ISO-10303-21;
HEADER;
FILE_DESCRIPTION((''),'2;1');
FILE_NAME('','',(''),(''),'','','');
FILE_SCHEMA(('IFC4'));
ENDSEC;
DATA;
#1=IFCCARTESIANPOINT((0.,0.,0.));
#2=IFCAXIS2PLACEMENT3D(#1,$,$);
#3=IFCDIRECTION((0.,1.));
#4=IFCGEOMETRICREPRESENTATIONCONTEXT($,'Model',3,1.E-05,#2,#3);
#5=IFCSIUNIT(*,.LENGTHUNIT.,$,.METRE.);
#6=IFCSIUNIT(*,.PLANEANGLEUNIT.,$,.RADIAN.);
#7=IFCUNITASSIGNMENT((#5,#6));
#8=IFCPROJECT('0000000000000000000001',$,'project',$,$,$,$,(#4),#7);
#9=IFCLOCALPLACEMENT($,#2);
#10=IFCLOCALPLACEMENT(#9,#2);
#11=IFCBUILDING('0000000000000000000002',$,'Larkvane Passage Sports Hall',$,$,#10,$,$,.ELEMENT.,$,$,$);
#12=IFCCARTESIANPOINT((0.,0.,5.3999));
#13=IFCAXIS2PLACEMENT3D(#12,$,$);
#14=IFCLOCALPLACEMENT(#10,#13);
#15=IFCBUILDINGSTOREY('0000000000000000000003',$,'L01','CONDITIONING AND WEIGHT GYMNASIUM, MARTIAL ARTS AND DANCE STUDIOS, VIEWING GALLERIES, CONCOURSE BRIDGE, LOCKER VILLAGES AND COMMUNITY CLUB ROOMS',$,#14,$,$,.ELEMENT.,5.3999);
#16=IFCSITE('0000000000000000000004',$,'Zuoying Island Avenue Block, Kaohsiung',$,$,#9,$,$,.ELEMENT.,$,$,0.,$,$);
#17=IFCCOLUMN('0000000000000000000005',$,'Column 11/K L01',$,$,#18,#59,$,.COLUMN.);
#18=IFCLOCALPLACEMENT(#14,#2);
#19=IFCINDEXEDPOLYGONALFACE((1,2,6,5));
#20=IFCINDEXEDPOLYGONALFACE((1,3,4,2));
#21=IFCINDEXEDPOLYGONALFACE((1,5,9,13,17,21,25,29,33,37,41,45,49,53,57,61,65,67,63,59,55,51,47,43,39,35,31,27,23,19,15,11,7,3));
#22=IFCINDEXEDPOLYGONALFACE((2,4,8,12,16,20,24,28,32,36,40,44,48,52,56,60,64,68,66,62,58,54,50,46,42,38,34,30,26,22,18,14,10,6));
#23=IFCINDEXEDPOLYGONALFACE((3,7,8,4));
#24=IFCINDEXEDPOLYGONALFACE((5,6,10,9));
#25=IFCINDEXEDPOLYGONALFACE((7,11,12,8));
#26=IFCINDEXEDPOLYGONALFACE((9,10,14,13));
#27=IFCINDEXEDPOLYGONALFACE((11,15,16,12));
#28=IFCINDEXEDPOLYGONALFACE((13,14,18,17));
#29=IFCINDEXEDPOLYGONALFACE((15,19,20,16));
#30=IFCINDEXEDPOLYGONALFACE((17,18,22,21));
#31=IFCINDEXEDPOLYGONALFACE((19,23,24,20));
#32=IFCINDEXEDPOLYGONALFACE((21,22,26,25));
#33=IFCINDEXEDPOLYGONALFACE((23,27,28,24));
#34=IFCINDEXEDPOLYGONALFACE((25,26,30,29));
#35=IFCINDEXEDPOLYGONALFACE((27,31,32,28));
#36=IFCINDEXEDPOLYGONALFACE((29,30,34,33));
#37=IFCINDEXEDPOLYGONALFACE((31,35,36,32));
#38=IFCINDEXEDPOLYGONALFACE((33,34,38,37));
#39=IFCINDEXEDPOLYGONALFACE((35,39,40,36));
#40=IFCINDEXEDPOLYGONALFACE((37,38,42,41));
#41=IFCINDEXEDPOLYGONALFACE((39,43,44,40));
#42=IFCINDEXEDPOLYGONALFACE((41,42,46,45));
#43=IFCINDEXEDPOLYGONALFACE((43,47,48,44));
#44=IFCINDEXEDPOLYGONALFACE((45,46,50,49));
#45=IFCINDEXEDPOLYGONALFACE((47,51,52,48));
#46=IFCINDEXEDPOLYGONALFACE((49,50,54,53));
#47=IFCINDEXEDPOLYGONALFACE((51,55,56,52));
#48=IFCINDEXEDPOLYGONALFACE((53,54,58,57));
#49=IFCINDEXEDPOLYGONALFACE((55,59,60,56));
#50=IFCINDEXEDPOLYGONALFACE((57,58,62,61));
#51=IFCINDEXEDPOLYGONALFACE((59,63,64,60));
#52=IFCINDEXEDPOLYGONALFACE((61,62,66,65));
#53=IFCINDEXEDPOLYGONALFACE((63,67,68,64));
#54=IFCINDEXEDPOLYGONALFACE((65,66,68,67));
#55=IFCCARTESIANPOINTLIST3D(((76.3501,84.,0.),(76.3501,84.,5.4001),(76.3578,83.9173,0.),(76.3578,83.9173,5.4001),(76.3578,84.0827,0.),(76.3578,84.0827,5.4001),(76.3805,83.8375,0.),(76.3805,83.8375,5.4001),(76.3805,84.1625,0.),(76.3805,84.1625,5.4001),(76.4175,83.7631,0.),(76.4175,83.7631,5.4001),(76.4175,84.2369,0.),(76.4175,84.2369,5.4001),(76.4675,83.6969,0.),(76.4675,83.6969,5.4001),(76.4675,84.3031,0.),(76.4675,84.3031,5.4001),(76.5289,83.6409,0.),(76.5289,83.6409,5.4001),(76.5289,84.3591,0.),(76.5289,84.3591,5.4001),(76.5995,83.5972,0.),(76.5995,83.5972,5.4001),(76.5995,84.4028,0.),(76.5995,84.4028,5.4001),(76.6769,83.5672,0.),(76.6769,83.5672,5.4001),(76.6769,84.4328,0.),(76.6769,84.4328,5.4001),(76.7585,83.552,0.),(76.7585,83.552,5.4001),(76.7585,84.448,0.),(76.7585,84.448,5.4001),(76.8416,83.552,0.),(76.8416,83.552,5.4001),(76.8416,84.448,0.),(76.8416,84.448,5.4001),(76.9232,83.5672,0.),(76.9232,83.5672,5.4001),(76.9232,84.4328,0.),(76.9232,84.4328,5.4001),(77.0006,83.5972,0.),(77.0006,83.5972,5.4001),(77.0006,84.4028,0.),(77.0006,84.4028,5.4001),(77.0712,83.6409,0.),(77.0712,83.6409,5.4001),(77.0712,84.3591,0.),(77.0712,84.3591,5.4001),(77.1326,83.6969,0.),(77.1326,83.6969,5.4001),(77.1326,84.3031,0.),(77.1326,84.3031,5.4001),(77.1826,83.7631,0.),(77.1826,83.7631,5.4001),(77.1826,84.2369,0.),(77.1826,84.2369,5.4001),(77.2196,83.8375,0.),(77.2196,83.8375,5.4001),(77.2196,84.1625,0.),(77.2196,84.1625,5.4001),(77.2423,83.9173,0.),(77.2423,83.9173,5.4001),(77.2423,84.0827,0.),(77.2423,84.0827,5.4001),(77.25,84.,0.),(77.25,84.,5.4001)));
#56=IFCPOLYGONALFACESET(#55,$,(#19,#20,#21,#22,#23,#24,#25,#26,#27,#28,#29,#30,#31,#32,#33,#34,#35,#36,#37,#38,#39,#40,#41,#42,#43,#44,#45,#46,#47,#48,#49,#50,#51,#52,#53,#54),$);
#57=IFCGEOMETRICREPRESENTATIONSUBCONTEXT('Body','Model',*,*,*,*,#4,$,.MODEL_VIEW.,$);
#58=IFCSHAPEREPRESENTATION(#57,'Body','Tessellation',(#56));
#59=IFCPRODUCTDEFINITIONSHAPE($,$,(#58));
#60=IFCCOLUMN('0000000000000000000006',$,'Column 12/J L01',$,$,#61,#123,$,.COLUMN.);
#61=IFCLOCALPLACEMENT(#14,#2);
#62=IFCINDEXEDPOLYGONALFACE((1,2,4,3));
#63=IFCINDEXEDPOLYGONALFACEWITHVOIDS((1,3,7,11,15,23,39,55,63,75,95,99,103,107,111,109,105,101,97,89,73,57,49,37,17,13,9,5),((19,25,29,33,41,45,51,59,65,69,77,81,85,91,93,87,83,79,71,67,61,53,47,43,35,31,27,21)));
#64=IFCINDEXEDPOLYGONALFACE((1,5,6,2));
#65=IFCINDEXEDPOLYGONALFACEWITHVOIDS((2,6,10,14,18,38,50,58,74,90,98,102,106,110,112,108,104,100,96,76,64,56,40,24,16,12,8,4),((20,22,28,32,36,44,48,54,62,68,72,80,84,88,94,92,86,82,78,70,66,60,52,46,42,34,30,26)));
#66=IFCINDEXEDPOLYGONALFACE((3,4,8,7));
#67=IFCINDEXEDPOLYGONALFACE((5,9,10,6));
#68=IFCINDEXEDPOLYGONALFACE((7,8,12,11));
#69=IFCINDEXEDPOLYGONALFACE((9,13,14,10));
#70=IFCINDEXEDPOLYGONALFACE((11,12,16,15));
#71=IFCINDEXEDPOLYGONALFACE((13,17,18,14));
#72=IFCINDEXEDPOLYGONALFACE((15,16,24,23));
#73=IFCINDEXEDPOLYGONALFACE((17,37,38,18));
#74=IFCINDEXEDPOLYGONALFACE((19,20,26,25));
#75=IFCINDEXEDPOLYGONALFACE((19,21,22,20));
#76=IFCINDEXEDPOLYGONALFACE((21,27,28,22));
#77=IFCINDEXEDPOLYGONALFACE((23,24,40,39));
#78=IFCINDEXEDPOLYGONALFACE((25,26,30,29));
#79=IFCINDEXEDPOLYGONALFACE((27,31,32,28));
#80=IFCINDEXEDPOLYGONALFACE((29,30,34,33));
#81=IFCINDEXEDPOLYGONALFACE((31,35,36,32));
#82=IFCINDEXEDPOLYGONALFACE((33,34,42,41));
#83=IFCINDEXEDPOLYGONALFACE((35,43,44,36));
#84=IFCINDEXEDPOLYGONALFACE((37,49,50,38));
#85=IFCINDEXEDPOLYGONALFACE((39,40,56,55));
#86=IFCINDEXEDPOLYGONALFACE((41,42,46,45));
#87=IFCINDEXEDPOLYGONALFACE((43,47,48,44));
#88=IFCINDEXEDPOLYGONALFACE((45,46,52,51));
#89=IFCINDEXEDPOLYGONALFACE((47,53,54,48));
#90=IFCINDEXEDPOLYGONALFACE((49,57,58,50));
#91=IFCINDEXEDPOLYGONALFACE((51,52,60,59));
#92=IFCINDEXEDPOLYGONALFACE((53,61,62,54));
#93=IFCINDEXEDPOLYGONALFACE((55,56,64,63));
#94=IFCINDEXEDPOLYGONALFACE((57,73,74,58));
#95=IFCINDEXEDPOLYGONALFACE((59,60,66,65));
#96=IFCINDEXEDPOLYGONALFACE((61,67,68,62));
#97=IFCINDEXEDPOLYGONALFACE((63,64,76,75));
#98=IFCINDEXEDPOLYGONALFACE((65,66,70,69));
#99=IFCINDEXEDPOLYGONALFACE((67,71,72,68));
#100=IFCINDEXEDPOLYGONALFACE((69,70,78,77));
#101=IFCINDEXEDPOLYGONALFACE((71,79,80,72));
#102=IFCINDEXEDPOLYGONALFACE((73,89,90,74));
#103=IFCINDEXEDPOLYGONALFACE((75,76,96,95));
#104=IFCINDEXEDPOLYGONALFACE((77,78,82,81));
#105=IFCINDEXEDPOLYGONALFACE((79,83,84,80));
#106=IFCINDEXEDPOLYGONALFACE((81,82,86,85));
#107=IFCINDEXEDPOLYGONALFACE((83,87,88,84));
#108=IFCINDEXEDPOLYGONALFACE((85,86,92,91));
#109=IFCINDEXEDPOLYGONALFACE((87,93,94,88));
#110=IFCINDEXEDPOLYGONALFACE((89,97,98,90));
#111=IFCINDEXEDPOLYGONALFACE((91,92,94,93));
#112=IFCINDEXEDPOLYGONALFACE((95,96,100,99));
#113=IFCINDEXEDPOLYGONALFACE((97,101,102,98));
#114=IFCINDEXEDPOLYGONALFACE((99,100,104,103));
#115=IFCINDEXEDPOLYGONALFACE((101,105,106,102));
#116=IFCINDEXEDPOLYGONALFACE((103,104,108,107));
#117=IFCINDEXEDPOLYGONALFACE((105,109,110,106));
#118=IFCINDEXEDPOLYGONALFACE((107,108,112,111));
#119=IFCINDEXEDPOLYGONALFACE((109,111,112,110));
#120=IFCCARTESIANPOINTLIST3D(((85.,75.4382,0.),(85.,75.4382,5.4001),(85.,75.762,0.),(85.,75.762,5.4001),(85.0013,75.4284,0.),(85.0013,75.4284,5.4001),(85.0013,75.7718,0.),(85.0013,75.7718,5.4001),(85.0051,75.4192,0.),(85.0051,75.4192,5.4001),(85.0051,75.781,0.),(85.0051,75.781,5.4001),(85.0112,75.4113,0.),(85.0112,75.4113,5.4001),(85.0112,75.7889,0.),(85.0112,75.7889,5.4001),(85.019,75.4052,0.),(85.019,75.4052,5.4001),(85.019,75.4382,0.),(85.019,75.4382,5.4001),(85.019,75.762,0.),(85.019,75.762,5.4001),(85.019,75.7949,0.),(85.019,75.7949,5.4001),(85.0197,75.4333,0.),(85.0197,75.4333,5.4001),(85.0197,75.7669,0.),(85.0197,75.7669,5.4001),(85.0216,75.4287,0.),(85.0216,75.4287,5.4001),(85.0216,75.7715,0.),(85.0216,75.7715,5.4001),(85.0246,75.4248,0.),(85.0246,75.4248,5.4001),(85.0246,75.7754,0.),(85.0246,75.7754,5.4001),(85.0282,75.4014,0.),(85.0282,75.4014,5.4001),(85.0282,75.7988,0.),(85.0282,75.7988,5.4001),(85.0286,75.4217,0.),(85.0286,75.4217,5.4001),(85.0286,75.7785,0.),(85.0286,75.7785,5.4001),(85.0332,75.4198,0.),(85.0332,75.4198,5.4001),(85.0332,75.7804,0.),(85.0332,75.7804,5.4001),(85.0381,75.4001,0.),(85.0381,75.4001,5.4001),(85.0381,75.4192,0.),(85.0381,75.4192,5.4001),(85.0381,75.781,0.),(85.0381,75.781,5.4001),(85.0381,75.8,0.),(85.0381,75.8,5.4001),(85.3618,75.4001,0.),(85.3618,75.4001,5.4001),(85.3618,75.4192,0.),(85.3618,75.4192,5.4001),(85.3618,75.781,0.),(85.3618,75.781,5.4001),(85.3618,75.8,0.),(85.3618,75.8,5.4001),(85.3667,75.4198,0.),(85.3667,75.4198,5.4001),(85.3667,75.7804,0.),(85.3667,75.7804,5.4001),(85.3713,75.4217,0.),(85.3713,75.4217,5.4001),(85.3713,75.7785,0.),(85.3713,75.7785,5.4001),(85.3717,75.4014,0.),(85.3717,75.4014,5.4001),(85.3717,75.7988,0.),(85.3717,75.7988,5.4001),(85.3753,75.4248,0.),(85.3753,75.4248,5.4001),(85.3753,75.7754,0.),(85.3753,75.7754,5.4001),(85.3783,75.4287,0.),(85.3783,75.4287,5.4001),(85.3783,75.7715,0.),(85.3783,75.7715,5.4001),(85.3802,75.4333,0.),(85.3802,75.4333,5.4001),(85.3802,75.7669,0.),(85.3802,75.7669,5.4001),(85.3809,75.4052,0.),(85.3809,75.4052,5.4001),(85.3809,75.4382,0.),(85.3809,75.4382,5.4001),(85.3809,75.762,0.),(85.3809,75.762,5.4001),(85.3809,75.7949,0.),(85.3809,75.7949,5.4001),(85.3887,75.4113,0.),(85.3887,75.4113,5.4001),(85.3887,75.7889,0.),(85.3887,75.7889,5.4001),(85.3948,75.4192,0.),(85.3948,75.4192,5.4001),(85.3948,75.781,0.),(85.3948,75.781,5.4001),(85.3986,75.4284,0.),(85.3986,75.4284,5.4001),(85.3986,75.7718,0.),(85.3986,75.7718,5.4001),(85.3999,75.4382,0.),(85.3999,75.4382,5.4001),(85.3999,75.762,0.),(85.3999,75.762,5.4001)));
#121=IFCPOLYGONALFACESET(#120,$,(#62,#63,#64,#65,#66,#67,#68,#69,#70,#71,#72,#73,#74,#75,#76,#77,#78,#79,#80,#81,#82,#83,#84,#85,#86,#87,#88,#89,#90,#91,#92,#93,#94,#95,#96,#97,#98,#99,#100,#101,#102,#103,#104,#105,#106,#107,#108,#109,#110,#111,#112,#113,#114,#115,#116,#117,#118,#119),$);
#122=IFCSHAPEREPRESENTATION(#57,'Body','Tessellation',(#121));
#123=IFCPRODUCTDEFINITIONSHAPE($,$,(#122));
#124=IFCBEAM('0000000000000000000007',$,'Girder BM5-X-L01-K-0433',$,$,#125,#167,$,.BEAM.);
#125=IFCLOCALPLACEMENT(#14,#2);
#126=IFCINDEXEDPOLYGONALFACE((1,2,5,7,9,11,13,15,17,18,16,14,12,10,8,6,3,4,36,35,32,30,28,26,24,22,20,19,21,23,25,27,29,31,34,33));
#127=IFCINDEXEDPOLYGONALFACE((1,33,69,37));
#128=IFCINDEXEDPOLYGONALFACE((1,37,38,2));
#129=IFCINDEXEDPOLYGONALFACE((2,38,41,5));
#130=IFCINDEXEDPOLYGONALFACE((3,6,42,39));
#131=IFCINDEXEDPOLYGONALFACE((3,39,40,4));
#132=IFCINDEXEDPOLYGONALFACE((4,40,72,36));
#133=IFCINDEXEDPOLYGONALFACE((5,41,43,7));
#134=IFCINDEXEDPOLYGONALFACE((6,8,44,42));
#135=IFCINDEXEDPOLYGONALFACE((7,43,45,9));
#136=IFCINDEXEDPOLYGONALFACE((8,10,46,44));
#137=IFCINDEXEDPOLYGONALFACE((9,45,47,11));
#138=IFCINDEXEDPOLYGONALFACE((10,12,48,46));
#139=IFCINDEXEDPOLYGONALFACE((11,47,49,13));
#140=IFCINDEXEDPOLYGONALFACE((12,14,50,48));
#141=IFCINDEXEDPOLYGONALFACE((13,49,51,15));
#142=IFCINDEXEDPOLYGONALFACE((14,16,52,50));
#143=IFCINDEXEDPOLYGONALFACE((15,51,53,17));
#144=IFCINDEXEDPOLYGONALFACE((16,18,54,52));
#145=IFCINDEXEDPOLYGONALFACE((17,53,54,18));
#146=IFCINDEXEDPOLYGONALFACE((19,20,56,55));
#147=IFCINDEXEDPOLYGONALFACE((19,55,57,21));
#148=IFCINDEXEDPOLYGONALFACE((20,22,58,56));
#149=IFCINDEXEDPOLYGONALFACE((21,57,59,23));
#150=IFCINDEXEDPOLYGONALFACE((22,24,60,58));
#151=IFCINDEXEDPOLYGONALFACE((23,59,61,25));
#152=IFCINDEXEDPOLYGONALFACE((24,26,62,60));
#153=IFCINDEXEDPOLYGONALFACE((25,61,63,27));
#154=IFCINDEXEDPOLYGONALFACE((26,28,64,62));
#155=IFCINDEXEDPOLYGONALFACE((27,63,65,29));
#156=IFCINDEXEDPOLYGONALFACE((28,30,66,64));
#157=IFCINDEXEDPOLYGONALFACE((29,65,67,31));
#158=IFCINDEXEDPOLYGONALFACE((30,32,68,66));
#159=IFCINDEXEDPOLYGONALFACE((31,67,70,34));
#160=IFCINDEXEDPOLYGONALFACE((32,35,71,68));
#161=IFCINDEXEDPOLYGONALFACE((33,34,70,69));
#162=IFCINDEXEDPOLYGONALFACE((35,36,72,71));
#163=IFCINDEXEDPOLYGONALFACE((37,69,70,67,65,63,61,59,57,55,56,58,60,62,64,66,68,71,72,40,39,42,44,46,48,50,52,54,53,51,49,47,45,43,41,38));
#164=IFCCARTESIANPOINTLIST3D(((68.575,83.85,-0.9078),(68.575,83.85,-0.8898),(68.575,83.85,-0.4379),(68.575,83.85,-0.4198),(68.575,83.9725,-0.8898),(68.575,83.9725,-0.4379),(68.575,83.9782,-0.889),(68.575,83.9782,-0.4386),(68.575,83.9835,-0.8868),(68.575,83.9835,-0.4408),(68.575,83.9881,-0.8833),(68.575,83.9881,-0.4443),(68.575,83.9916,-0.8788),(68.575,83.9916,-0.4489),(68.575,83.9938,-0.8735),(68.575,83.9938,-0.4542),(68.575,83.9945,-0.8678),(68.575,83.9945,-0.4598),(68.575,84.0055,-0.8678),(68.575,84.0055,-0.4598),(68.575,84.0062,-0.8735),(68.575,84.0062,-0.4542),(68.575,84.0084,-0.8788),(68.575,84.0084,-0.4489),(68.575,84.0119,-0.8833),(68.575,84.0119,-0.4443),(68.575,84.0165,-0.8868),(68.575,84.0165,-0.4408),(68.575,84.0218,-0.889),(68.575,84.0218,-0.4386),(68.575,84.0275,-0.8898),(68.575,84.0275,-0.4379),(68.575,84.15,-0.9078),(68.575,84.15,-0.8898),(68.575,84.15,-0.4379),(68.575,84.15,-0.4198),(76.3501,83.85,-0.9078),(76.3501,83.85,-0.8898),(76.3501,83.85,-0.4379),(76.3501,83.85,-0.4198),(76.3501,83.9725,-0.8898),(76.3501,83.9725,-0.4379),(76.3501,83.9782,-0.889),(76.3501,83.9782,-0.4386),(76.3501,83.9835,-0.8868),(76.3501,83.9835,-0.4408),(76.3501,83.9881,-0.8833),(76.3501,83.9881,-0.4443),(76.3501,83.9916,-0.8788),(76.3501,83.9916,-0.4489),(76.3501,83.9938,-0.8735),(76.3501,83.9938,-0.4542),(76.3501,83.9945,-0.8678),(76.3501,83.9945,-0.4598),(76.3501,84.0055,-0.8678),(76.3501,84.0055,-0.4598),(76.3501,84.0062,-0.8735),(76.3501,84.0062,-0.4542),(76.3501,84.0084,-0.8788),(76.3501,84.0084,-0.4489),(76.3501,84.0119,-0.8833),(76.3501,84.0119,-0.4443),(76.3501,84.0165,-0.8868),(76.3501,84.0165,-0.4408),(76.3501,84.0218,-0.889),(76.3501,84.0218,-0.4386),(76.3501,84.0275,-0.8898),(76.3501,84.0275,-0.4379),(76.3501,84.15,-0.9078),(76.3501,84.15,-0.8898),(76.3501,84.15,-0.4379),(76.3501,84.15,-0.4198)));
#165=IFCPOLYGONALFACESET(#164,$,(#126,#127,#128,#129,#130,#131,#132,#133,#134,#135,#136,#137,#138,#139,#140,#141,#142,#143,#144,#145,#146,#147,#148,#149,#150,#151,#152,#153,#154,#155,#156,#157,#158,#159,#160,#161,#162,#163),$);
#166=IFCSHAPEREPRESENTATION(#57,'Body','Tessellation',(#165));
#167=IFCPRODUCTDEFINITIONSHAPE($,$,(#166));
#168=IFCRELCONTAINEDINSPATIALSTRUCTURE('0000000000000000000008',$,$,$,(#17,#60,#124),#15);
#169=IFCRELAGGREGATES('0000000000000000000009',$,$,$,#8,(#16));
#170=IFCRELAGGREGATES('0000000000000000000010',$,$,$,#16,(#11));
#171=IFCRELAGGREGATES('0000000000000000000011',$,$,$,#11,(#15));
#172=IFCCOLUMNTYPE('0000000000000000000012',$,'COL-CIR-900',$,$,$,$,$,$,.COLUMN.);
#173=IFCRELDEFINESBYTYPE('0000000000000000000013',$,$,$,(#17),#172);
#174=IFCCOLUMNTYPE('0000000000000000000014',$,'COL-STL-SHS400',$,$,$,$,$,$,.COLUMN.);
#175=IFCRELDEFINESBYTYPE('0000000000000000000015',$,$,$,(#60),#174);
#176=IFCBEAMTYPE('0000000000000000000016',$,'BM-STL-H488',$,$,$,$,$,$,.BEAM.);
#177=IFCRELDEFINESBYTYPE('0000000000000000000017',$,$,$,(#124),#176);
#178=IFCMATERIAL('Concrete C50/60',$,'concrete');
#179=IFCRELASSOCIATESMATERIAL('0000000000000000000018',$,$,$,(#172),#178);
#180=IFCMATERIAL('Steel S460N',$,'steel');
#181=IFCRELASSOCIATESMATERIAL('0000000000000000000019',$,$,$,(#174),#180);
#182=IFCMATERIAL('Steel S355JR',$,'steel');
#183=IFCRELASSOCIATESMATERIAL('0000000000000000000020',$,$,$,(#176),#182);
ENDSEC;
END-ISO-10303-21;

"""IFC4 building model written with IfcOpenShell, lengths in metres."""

from ifc_helpers import new_model, si_unit, direction, frame, origin, origin_2d, place, context, subcontext, project, spatial, hollow_rectangle, circle, i_section, extrude, material, material_profile, profile_set, type_object, element, save


model = new_model("IFC4")

# Units and contexts
model_context = context("Model", 3, precision=1e-05, world=origin(), true_north=direction((0.0, 1.0)))
body_context = subcontext(model_context, "Body", "Model", "MODEL_VIEW")
ifc_project = project(units=[si_unit("LENGTHUNIT", "METRE"), si_unit("PLANEANGLEUNIT", "RADIAN")], contexts=[model_context])

# Site, building, storey
site_placement = place(None, origin())
site = spatial("IfcSite", under=ifc_project, at=site_placement, Name="Zuoying Island Avenue Block, Kaohsiung", CompositionType="ELEMENT", RefElevation=0.0)
building_placement = place(site_placement, origin())
building = spatial("IfcBuilding", under=site, at=building_placement, Name="Larkvane Passage Sports Hall", CompositionType="ELEMENT")
storey_placement = place(building_placement, frame((0.0, 0.0, 5.3999)))
storey = spatial("IfcBuildingStorey", under=building, at=storey_placement, Name="L01", Description="CONDITIONING AND WEIGHT GYMNASIUM, MARTIAL ARTS AND DANCE STUDIOS, VIEWING GALLERIES, CONCOURSE BRIDGE, LOCKER VILLAGES AND COMMUNITY CLUB ROOMS", CompositionType="ELEMENT", Elevation=5.3999)

# Columns
ifc_material_1 = material(Name="Concrete C50/60", Category="concrete")
ifc_material_profile_1 = material_profile(ifc_material_1, circle(Radius=0.45, at=origin_2d()), Name="RC-CIR-900")
ifc_profile_set_1 = profile_set([ifc_material_profile_1], Name="Concrete C50/60")
column_type_1 = type_object("IfcColumnType", Name="COL-CIR-900", PredefinedType="COLUMN", material=ifc_profile_set_1)
column_1_placement = place(storey_placement, frame((76.8, 84.0, 0.0), z_axis=(0.0, 0.0, 1.0), x_axis=(1.0, 0.0, 0.0)))
element("IfcColumn", 1, at=column_1_placement, inside=storey, type_object=column_type_1, Name="Column 11/K L01", PredefinedType="COLUMN", context=body_context, shape_type="SweptSolid", body=[
    extrude(circle(Radius=0.45, at=origin_2d()), origin(), (0.0, 0.0, 1.0), 5.4001),
])
ifc_material_2 = material(Name="Steel S460N", Category="steel")
ifc_material_profile_2 = material_profile(ifc_material_2, hollow_rectangle(XDim=0.3999, YDim=0.3999, WallThickness=0.019, InnerFilletRadius=0.019, OuterFilletRadius=0.0381, at=origin_2d()), Name="SHS-400x400x19")
ifc_profile_set_2 = profile_set([ifc_material_profile_2], Name="Steel S460N")
column_type_2 = type_object("IfcColumnType", Name="COL-STL-SHS400", PredefinedType="COLUMN", material=ifc_profile_set_2)
column_2_placement = place(storey_placement, frame((85.2, 75.6001, 0.0), z_axis=(0.0, 0.0, 1.0), x_axis=(1.0, 0.0, 0.0)))
element("IfcColumn", 2, at=column_2_placement, inside=storey, type_object=column_type_2, Name="Column 12/J L01", PredefinedType="COLUMN", context=body_context, shape_type="SweptSolid", body=[
    extrude(hollow_rectangle(XDim=0.3999, YDim=0.3999, WallThickness=0.019, InnerFilletRadius=0.019, OuterFilletRadius=0.0381, at=origin_2d()), origin(), (0.0, 0.0, 1.0), 5.4001),
])

# Beam
ifc_material_3 = material(Name="Steel S355JR", Category="steel")
ifc_material_profile_3 = material_profile(ifc_material_3, i_section(OverallWidth=0.3, OverallDepth=0.488, WebThickness=0.011, FlangeThickness=0.0181, FilletRadius=0.022, at=origin_2d()), Name="H-488x300x11x18")
ifc_profile_set_3 = profile_set([ifc_material_profile_3], Name="Steel S355JR")
beam_type_1 = type_object("IfcBeamType", Name="BM-STL-H488", PredefinedType="BEAM", material=ifc_profile_set_3)
beam_1_placement = place(storey_placement, frame((68.575, 84.0, -0.6638), z_axis=(1.0, 0.0, 0.0), x_axis=(0.0, 1.0, 0.0)))
element("IfcBeam", 3, at=beam_1_placement, inside=storey, type_object=beam_type_1, Name="Girder BM5-X-L01-K-0433", PredefinedType="BEAM", context=body_context, shape_type="SweptSolid", body=[
    extrude(i_section(OverallWidth=0.3, OverallDepth=0.488, WebThickness=0.011, FlangeThickness=0.0181, FilletRadius=0.022, at=origin_2d()), origin(), (0.0, 0.0, 1.0), 7.7751),
])

save(model, "model.ifc")
